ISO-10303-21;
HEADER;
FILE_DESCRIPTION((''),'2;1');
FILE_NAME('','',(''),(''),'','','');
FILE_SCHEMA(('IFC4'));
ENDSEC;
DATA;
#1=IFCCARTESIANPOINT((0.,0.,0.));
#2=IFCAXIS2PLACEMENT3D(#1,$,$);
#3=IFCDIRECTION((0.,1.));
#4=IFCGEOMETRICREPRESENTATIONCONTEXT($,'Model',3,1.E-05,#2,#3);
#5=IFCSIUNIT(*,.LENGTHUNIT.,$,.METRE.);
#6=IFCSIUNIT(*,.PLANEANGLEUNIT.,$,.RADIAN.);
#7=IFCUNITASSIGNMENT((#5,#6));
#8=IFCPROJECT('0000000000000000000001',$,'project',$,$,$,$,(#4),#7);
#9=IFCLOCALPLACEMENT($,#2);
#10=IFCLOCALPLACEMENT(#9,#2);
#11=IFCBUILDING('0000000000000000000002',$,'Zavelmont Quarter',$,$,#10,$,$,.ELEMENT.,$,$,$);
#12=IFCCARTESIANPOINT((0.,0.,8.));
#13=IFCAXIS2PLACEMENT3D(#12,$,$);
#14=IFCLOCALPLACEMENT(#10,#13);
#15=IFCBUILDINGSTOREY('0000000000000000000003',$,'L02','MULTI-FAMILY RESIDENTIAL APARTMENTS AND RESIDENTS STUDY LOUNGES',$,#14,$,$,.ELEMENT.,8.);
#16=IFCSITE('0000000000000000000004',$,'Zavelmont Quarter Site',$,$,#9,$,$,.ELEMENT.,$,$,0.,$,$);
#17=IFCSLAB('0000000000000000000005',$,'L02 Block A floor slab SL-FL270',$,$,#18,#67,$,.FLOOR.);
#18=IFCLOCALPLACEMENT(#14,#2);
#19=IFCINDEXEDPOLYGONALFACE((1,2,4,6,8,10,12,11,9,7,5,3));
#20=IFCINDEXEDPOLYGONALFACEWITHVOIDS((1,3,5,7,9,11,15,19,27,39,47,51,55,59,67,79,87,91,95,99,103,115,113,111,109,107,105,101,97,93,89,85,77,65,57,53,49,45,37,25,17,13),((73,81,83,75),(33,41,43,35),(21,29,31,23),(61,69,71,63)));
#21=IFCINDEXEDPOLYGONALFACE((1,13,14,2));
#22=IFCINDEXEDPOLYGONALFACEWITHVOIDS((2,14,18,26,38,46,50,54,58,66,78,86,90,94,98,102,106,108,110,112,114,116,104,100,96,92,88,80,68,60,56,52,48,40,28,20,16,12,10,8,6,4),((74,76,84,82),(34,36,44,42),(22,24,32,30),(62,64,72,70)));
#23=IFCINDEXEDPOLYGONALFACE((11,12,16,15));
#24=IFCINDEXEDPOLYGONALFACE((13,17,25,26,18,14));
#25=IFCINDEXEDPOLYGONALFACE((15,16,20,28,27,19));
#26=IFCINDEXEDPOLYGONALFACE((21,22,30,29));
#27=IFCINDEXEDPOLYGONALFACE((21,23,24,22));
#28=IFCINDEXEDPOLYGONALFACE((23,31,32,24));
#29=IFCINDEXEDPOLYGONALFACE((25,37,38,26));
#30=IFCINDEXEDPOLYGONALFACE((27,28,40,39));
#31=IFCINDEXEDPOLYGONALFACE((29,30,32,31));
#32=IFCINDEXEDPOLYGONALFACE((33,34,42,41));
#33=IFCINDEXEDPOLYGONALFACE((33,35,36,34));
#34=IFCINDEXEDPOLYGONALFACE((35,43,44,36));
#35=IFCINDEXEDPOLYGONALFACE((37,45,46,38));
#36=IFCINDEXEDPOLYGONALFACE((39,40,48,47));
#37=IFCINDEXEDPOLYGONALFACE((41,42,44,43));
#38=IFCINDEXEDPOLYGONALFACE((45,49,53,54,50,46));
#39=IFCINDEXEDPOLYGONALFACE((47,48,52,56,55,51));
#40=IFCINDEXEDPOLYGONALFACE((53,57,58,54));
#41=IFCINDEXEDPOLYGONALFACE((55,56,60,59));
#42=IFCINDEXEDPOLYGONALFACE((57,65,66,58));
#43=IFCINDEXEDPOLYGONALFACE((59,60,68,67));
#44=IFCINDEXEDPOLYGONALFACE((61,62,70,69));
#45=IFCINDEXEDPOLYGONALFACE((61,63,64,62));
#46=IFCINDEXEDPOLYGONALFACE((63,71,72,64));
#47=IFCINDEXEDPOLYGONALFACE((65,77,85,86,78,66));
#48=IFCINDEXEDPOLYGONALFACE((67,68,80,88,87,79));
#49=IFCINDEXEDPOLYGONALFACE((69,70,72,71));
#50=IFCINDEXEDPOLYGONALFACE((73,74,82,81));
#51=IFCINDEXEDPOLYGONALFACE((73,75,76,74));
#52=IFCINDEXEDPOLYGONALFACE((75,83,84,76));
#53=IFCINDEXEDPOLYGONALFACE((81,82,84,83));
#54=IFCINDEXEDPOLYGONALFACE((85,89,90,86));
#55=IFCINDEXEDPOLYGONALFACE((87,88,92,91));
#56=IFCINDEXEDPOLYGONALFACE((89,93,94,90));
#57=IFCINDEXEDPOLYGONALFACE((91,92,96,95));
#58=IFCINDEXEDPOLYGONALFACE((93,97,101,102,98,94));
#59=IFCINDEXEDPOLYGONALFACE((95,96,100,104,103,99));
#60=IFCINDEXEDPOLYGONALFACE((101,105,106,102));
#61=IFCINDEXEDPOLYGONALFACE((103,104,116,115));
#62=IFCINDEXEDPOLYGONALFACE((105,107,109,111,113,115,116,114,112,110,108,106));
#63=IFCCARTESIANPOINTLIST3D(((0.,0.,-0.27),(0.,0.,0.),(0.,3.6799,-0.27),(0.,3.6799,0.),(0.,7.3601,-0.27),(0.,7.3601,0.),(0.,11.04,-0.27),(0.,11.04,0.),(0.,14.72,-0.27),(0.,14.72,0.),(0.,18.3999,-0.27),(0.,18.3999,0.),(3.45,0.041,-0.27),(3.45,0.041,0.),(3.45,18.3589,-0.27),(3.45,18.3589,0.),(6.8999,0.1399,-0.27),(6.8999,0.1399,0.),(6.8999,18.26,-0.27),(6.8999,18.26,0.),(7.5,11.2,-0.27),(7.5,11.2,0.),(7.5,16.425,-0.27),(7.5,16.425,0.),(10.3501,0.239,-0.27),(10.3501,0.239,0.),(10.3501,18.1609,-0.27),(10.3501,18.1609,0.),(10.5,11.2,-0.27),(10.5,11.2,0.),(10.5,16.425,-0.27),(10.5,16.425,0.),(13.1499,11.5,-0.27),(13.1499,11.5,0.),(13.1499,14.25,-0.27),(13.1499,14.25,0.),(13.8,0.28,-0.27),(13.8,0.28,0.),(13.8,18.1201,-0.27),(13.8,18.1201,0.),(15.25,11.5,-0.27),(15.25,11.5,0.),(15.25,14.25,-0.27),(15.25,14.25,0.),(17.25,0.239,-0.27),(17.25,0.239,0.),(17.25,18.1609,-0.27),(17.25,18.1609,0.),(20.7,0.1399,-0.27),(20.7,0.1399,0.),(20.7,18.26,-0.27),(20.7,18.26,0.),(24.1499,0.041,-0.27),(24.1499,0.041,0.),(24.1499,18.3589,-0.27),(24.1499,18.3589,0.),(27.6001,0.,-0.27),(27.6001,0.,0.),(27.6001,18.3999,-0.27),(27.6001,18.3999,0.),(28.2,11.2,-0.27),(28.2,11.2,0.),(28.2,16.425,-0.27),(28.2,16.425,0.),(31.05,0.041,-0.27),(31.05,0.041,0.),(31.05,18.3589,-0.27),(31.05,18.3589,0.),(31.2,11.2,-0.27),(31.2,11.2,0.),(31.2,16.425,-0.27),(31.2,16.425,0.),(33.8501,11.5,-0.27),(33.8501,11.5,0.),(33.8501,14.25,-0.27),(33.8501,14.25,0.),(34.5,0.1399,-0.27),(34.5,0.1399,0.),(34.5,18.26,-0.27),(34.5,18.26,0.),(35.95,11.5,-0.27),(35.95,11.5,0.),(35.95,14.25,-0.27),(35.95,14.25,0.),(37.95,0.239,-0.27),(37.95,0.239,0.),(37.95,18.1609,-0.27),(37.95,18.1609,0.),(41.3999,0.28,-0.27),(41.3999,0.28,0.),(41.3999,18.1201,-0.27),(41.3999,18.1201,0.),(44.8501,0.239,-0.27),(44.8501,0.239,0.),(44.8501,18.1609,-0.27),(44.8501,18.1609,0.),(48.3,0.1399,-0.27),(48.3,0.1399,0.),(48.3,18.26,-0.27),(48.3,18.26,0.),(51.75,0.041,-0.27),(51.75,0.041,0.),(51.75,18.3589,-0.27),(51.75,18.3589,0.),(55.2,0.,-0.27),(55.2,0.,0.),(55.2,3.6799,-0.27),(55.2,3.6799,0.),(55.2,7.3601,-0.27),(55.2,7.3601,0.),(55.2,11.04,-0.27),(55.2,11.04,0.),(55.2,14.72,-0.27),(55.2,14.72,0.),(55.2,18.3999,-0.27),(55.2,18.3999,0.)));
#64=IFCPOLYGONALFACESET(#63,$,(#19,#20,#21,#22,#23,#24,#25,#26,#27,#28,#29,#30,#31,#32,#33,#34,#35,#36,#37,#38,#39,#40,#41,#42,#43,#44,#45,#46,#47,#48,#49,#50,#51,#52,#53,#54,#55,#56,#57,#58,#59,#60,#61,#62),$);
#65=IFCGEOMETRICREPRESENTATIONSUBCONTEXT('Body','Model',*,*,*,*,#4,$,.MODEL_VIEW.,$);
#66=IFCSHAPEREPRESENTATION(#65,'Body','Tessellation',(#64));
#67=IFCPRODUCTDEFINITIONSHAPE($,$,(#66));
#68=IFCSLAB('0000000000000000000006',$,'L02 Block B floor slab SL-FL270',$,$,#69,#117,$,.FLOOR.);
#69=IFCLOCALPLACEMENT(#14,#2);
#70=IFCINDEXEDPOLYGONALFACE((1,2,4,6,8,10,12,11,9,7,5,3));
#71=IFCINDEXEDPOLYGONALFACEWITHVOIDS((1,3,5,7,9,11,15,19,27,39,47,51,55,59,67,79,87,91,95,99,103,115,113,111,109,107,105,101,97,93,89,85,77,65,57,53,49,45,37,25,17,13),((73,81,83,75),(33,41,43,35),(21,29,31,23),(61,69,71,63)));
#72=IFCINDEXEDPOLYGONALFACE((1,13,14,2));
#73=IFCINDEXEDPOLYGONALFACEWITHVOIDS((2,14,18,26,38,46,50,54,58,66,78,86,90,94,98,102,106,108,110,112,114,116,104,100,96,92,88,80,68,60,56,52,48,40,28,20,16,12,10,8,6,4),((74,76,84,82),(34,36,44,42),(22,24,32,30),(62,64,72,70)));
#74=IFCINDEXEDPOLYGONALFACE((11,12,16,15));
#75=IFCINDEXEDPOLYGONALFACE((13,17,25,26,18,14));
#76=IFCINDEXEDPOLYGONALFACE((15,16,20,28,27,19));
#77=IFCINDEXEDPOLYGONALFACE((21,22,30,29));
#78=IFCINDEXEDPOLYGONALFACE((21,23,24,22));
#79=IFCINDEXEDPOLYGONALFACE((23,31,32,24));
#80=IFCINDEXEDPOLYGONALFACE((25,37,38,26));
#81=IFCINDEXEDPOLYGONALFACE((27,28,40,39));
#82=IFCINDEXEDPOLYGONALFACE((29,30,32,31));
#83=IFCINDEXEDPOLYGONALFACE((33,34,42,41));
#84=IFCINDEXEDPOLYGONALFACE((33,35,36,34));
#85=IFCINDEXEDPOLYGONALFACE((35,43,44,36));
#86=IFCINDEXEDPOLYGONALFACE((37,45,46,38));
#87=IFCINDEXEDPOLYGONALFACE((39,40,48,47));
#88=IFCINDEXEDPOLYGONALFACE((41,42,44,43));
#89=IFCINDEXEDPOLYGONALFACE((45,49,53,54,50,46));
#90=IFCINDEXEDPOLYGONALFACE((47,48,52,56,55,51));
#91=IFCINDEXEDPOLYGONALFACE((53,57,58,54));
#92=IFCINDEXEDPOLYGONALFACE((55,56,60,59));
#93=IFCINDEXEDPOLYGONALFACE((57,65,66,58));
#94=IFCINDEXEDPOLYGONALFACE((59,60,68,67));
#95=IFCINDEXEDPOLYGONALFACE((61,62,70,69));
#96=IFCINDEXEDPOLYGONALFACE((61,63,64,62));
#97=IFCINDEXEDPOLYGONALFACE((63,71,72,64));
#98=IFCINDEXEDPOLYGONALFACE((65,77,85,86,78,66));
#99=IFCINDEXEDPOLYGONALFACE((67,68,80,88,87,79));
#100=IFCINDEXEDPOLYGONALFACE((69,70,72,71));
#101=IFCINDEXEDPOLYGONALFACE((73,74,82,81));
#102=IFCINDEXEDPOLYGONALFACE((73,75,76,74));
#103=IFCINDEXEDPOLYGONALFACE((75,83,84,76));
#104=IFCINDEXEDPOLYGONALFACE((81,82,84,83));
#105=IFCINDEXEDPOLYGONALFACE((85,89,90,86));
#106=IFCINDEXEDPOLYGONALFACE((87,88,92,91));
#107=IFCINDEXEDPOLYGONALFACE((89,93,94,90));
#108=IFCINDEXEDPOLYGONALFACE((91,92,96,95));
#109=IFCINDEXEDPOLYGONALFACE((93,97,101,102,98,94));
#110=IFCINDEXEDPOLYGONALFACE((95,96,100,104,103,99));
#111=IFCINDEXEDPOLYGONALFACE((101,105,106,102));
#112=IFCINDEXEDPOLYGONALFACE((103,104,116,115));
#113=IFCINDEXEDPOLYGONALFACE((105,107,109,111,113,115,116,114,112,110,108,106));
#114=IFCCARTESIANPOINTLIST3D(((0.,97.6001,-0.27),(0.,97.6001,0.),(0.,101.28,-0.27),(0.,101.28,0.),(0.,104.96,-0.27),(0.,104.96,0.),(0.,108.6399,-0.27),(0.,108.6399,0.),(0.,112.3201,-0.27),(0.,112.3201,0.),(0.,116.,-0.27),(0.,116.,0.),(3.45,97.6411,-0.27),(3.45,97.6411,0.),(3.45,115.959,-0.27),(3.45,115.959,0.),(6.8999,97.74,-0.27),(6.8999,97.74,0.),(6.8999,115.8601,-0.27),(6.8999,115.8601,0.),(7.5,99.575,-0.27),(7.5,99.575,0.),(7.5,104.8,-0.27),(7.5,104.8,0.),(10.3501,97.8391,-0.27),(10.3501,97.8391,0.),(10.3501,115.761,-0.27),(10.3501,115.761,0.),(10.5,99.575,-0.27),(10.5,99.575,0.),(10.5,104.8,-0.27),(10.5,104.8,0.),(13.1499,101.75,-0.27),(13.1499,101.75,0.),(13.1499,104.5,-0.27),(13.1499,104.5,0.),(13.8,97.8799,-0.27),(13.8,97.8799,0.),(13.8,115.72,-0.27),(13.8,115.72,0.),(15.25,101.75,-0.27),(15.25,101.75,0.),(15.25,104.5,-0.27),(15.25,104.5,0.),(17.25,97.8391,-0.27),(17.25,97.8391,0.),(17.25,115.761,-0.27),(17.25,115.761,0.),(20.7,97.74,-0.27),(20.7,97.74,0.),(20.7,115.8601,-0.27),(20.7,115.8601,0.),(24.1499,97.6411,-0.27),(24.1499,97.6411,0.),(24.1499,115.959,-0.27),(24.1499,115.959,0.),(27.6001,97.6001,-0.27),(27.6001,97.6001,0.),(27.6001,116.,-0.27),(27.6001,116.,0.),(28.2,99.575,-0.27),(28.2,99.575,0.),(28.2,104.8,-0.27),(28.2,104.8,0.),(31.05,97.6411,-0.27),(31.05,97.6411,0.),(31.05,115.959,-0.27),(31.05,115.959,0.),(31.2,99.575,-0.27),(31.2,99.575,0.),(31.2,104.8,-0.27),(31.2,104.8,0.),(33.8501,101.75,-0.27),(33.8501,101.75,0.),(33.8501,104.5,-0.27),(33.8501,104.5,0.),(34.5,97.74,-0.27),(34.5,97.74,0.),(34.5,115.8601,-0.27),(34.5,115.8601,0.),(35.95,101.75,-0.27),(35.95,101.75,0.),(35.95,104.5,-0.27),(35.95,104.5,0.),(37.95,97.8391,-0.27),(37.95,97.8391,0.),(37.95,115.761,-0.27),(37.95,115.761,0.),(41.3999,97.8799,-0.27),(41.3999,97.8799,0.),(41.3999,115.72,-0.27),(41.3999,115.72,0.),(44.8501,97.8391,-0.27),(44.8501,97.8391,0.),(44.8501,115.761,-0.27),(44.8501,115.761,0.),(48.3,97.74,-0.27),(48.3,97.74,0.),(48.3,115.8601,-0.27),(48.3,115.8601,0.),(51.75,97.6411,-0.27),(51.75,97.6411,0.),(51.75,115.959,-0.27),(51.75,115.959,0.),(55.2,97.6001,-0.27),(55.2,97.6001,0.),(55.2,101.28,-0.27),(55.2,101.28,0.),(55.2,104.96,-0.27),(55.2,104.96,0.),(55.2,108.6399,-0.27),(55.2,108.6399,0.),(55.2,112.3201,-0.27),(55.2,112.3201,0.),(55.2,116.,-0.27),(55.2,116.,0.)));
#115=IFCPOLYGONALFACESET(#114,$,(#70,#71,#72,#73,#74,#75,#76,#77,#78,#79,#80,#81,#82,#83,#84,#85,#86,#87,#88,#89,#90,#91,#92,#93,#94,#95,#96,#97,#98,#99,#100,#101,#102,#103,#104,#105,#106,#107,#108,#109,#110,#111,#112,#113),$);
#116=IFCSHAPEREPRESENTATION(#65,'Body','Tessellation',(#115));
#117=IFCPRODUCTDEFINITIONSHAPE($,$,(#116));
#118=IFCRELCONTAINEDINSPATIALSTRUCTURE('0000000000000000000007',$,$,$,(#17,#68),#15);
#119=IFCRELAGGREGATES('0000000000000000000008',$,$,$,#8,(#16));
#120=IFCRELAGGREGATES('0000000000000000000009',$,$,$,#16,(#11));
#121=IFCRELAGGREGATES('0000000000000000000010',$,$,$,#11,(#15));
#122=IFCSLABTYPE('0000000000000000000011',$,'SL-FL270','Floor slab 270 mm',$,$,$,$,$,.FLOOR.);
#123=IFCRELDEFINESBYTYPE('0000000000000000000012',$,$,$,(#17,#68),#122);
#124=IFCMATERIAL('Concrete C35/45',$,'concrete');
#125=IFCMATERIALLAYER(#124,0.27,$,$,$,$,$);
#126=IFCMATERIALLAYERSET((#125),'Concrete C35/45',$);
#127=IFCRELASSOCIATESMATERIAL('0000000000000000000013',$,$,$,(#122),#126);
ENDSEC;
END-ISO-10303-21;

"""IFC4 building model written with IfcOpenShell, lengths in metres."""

from ifc_helpers import new_model, si_unit, direction, frame, origin, place, context, subcontext, project, spatial, polyline, outline, extrude, material, layer, layer_set, type_object, element, save


model = new_model("IFC4")

# Units and contexts
model_context = context("Model", 3, precision=1e-05, world=origin(), true_north=direction((0.0, 1.0)))
body_context = subcontext(model_context, "Body", "Model", "MODEL_VIEW")
ifc_project = project(units=[si_unit("LENGTHUNIT", "METRE"), si_unit("PLANEANGLEUNIT", "RADIAN")], contexts=[model_context])

# Site, building, storey
site_placement = place(None, origin())
site = spatial("IfcSite", under=ifc_project, at=site_placement, Name="Zavelmont Quarter Site", CompositionType="ELEMENT", RefElevation=0.0)
building_placement = place(site_placement, origin())
building = spatial("IfcBuilding", under=site, at=building_placement, Name="Zavelmont Quarter", CompositionType="ELEMENT")
storey_placement = place(building_placement, frame((0.0, 0.0, 8.0)))
storey = spatial("IfcBuildingStorey", under=building, at=storey_placement, Name="L02", Description="MULTI-FAMILY RESIDENTIAL APARTMENTS AND RESIDENTS STUDY LOUNGES", CompositionType="ELEMENT", Elevation=8.0)

# Slabs
ifc_material_1 = material(Name="Concrete C35/45", Category="concrete")
ifc_layer_1 = layer(ifc_material_1, 0.27)
ifc_layer_set_1 = layer_set([ifc_layer_1], Name="Concrete C35/45")
slab_type_1 = type_object("IfcSlabType", Name="SL-FL270", Description="Floor slab 270 mm", PredefinedType="FLOOR", material=ifc_layer_set_1)
slab_1_placement = place(storey_placement, frame((0.0, 0.0, -0.27)))
element("IfcSlab", 1, at=slab_1_placement, inside=storey, type_object=slab_type_1, Name="L02 Block A floor slab SL-FL270", PredefinedType="FLOOR", context=body_context, shape_type="SweptSolid", body=[
    extrude(outline(polyline([(0.0, 0.0), (3.45, 0.041), (6.8999, 0.1399), (10.3501, 0.239), (13.8, 0.28), (17.25, 0.239), (20.7, 0.1399), (24.1499, 0.041), (27.6001, 0.0), (31.05, 0.041), (34.5, 0.1399), (37.95, 0.239), (41.3999, 0.28), (44.8501, 0.239), (48.3, 0.1399), (51.75, 0.041), (55.2, 0.0), (55.2, 3.6799), (55.2, 7.3601), (55.2, 11.04), (55.2, 14.72), (55.2, 18.3999), (51.75, 18.3589), (48.3, 18.26), (44.8501, 18.1609), (41.3999, 18.1201), (37.95, 18.1609), (34.5, 18.26), (31.05, 18.3589), (27.6001, 18.3999), (24.1499, 18.3589), (20.7, 18.26), (17.25, 18.1609), (13.8, 18.1201), (10.3501, 18.1609), (6.8999, 18.26), (3.45, 18.3589), (0.0, 18.3999), (0.0, 14.72), (0.0, 11.04), (0.0, 7.3601), (0.0, 3.6799), (0.0, 0.0)]), holes=[polyline([(7.5, 16.425), (7.5, 11.2), (10.5, 11.2), (10.5, 16.425), (7.5, 16.425)]), polyline([(13.1499, 11.5), (15.25, 11.5), (15.25, 14.25), (13.1499, 14.25), (13.1499, 11.5)]), polyline([(28.2, 16.425), (28.2, 11.2), (31.2, 11.2), (31.2, 16.425), (28.2, 16.425)]), polyline([(33.8501, 11.5), (35.95, 11.5), (35.95, 14.25), (33.8501, 14.25), (33.8501, 11.5)])]), origin(), (0.0, 0.0, 1.0), 0.27),
])
slab_2_placement = place(storey_placement, frame((0.0, 0.0, -0.27)))
element("IfcSlab", 2, at=slab_2_placement, inside=storey, type_object=slab_type_1, Name="L02 Block B floor slab SL-FL270", PredefinedType="FLOOR", context=body_context, shape_type="SweptSolid", body=[
    extrude(outline(polyline([(0.0, 97.6001), (3.45, 97.6411), (6.8999, 97.74), (10.3501, 97.8391), (13.8, 97.8799), (17.25, 97.8391), (20.7, 97.74), (24.1499, 97.6411), (27.6001, 97.6001), (31.05, 97.6411), (34.5, 97.74), (37.95, 97.8391), (41.3999, 97.8799), (44.8501, 97.8391), (48.3, 97.74), (51.75, 97.6411), (55.2, 97.6001), (55.2, 101.28), (55.2, 104.96), (55.2, 108.6399), (55.2, 112.3201), (55.2, 116.0), (51.75, 115.959), (48.3, 115.8601), (44.8501, 115.761), (41.3999, 115.72), (37.95, 115.761), (34.5, 115.8601), (31.05, 115.959), (27.6001, 116.0), (24.1499, 115.959), (20.7, 115.8601), (17.25, 115.761), (13.8, 115.72), (10.3501, 115.761), (6.8999, 115.8601), (3.45, 115.959), (0.0, 116.0), (0.0, 112.3201), (0.0, 108.6399), (0.0, 104.96), (0.0, 101.28), (0.0, 97.6001)]), holes=[polyline([(10.5, 99.575), (10.5, 104.8), (7.5, 104.8), (7.5, 99.575), (10.5, 99.575)]), polyline([(13.1499, 101.75), (15.25, 101.75), (15.25, 104.5), (13.1499, 104.5), (13.1499, 101.75)]), polyline([(31.2, 99.575), (31.2, 104.8), (28.2, 104.8), (28.2, 99.575), (31.2, 99.575)]), polyline([(33.8501, 101.75), (35.95, 101.75), (35.95, 104.5), (33.8501, 104.5), (33.8501, 101.75)])]), origin(), (0.0, 0.0, 1.0), 0.27),
])

save(model, "model.ifc")
